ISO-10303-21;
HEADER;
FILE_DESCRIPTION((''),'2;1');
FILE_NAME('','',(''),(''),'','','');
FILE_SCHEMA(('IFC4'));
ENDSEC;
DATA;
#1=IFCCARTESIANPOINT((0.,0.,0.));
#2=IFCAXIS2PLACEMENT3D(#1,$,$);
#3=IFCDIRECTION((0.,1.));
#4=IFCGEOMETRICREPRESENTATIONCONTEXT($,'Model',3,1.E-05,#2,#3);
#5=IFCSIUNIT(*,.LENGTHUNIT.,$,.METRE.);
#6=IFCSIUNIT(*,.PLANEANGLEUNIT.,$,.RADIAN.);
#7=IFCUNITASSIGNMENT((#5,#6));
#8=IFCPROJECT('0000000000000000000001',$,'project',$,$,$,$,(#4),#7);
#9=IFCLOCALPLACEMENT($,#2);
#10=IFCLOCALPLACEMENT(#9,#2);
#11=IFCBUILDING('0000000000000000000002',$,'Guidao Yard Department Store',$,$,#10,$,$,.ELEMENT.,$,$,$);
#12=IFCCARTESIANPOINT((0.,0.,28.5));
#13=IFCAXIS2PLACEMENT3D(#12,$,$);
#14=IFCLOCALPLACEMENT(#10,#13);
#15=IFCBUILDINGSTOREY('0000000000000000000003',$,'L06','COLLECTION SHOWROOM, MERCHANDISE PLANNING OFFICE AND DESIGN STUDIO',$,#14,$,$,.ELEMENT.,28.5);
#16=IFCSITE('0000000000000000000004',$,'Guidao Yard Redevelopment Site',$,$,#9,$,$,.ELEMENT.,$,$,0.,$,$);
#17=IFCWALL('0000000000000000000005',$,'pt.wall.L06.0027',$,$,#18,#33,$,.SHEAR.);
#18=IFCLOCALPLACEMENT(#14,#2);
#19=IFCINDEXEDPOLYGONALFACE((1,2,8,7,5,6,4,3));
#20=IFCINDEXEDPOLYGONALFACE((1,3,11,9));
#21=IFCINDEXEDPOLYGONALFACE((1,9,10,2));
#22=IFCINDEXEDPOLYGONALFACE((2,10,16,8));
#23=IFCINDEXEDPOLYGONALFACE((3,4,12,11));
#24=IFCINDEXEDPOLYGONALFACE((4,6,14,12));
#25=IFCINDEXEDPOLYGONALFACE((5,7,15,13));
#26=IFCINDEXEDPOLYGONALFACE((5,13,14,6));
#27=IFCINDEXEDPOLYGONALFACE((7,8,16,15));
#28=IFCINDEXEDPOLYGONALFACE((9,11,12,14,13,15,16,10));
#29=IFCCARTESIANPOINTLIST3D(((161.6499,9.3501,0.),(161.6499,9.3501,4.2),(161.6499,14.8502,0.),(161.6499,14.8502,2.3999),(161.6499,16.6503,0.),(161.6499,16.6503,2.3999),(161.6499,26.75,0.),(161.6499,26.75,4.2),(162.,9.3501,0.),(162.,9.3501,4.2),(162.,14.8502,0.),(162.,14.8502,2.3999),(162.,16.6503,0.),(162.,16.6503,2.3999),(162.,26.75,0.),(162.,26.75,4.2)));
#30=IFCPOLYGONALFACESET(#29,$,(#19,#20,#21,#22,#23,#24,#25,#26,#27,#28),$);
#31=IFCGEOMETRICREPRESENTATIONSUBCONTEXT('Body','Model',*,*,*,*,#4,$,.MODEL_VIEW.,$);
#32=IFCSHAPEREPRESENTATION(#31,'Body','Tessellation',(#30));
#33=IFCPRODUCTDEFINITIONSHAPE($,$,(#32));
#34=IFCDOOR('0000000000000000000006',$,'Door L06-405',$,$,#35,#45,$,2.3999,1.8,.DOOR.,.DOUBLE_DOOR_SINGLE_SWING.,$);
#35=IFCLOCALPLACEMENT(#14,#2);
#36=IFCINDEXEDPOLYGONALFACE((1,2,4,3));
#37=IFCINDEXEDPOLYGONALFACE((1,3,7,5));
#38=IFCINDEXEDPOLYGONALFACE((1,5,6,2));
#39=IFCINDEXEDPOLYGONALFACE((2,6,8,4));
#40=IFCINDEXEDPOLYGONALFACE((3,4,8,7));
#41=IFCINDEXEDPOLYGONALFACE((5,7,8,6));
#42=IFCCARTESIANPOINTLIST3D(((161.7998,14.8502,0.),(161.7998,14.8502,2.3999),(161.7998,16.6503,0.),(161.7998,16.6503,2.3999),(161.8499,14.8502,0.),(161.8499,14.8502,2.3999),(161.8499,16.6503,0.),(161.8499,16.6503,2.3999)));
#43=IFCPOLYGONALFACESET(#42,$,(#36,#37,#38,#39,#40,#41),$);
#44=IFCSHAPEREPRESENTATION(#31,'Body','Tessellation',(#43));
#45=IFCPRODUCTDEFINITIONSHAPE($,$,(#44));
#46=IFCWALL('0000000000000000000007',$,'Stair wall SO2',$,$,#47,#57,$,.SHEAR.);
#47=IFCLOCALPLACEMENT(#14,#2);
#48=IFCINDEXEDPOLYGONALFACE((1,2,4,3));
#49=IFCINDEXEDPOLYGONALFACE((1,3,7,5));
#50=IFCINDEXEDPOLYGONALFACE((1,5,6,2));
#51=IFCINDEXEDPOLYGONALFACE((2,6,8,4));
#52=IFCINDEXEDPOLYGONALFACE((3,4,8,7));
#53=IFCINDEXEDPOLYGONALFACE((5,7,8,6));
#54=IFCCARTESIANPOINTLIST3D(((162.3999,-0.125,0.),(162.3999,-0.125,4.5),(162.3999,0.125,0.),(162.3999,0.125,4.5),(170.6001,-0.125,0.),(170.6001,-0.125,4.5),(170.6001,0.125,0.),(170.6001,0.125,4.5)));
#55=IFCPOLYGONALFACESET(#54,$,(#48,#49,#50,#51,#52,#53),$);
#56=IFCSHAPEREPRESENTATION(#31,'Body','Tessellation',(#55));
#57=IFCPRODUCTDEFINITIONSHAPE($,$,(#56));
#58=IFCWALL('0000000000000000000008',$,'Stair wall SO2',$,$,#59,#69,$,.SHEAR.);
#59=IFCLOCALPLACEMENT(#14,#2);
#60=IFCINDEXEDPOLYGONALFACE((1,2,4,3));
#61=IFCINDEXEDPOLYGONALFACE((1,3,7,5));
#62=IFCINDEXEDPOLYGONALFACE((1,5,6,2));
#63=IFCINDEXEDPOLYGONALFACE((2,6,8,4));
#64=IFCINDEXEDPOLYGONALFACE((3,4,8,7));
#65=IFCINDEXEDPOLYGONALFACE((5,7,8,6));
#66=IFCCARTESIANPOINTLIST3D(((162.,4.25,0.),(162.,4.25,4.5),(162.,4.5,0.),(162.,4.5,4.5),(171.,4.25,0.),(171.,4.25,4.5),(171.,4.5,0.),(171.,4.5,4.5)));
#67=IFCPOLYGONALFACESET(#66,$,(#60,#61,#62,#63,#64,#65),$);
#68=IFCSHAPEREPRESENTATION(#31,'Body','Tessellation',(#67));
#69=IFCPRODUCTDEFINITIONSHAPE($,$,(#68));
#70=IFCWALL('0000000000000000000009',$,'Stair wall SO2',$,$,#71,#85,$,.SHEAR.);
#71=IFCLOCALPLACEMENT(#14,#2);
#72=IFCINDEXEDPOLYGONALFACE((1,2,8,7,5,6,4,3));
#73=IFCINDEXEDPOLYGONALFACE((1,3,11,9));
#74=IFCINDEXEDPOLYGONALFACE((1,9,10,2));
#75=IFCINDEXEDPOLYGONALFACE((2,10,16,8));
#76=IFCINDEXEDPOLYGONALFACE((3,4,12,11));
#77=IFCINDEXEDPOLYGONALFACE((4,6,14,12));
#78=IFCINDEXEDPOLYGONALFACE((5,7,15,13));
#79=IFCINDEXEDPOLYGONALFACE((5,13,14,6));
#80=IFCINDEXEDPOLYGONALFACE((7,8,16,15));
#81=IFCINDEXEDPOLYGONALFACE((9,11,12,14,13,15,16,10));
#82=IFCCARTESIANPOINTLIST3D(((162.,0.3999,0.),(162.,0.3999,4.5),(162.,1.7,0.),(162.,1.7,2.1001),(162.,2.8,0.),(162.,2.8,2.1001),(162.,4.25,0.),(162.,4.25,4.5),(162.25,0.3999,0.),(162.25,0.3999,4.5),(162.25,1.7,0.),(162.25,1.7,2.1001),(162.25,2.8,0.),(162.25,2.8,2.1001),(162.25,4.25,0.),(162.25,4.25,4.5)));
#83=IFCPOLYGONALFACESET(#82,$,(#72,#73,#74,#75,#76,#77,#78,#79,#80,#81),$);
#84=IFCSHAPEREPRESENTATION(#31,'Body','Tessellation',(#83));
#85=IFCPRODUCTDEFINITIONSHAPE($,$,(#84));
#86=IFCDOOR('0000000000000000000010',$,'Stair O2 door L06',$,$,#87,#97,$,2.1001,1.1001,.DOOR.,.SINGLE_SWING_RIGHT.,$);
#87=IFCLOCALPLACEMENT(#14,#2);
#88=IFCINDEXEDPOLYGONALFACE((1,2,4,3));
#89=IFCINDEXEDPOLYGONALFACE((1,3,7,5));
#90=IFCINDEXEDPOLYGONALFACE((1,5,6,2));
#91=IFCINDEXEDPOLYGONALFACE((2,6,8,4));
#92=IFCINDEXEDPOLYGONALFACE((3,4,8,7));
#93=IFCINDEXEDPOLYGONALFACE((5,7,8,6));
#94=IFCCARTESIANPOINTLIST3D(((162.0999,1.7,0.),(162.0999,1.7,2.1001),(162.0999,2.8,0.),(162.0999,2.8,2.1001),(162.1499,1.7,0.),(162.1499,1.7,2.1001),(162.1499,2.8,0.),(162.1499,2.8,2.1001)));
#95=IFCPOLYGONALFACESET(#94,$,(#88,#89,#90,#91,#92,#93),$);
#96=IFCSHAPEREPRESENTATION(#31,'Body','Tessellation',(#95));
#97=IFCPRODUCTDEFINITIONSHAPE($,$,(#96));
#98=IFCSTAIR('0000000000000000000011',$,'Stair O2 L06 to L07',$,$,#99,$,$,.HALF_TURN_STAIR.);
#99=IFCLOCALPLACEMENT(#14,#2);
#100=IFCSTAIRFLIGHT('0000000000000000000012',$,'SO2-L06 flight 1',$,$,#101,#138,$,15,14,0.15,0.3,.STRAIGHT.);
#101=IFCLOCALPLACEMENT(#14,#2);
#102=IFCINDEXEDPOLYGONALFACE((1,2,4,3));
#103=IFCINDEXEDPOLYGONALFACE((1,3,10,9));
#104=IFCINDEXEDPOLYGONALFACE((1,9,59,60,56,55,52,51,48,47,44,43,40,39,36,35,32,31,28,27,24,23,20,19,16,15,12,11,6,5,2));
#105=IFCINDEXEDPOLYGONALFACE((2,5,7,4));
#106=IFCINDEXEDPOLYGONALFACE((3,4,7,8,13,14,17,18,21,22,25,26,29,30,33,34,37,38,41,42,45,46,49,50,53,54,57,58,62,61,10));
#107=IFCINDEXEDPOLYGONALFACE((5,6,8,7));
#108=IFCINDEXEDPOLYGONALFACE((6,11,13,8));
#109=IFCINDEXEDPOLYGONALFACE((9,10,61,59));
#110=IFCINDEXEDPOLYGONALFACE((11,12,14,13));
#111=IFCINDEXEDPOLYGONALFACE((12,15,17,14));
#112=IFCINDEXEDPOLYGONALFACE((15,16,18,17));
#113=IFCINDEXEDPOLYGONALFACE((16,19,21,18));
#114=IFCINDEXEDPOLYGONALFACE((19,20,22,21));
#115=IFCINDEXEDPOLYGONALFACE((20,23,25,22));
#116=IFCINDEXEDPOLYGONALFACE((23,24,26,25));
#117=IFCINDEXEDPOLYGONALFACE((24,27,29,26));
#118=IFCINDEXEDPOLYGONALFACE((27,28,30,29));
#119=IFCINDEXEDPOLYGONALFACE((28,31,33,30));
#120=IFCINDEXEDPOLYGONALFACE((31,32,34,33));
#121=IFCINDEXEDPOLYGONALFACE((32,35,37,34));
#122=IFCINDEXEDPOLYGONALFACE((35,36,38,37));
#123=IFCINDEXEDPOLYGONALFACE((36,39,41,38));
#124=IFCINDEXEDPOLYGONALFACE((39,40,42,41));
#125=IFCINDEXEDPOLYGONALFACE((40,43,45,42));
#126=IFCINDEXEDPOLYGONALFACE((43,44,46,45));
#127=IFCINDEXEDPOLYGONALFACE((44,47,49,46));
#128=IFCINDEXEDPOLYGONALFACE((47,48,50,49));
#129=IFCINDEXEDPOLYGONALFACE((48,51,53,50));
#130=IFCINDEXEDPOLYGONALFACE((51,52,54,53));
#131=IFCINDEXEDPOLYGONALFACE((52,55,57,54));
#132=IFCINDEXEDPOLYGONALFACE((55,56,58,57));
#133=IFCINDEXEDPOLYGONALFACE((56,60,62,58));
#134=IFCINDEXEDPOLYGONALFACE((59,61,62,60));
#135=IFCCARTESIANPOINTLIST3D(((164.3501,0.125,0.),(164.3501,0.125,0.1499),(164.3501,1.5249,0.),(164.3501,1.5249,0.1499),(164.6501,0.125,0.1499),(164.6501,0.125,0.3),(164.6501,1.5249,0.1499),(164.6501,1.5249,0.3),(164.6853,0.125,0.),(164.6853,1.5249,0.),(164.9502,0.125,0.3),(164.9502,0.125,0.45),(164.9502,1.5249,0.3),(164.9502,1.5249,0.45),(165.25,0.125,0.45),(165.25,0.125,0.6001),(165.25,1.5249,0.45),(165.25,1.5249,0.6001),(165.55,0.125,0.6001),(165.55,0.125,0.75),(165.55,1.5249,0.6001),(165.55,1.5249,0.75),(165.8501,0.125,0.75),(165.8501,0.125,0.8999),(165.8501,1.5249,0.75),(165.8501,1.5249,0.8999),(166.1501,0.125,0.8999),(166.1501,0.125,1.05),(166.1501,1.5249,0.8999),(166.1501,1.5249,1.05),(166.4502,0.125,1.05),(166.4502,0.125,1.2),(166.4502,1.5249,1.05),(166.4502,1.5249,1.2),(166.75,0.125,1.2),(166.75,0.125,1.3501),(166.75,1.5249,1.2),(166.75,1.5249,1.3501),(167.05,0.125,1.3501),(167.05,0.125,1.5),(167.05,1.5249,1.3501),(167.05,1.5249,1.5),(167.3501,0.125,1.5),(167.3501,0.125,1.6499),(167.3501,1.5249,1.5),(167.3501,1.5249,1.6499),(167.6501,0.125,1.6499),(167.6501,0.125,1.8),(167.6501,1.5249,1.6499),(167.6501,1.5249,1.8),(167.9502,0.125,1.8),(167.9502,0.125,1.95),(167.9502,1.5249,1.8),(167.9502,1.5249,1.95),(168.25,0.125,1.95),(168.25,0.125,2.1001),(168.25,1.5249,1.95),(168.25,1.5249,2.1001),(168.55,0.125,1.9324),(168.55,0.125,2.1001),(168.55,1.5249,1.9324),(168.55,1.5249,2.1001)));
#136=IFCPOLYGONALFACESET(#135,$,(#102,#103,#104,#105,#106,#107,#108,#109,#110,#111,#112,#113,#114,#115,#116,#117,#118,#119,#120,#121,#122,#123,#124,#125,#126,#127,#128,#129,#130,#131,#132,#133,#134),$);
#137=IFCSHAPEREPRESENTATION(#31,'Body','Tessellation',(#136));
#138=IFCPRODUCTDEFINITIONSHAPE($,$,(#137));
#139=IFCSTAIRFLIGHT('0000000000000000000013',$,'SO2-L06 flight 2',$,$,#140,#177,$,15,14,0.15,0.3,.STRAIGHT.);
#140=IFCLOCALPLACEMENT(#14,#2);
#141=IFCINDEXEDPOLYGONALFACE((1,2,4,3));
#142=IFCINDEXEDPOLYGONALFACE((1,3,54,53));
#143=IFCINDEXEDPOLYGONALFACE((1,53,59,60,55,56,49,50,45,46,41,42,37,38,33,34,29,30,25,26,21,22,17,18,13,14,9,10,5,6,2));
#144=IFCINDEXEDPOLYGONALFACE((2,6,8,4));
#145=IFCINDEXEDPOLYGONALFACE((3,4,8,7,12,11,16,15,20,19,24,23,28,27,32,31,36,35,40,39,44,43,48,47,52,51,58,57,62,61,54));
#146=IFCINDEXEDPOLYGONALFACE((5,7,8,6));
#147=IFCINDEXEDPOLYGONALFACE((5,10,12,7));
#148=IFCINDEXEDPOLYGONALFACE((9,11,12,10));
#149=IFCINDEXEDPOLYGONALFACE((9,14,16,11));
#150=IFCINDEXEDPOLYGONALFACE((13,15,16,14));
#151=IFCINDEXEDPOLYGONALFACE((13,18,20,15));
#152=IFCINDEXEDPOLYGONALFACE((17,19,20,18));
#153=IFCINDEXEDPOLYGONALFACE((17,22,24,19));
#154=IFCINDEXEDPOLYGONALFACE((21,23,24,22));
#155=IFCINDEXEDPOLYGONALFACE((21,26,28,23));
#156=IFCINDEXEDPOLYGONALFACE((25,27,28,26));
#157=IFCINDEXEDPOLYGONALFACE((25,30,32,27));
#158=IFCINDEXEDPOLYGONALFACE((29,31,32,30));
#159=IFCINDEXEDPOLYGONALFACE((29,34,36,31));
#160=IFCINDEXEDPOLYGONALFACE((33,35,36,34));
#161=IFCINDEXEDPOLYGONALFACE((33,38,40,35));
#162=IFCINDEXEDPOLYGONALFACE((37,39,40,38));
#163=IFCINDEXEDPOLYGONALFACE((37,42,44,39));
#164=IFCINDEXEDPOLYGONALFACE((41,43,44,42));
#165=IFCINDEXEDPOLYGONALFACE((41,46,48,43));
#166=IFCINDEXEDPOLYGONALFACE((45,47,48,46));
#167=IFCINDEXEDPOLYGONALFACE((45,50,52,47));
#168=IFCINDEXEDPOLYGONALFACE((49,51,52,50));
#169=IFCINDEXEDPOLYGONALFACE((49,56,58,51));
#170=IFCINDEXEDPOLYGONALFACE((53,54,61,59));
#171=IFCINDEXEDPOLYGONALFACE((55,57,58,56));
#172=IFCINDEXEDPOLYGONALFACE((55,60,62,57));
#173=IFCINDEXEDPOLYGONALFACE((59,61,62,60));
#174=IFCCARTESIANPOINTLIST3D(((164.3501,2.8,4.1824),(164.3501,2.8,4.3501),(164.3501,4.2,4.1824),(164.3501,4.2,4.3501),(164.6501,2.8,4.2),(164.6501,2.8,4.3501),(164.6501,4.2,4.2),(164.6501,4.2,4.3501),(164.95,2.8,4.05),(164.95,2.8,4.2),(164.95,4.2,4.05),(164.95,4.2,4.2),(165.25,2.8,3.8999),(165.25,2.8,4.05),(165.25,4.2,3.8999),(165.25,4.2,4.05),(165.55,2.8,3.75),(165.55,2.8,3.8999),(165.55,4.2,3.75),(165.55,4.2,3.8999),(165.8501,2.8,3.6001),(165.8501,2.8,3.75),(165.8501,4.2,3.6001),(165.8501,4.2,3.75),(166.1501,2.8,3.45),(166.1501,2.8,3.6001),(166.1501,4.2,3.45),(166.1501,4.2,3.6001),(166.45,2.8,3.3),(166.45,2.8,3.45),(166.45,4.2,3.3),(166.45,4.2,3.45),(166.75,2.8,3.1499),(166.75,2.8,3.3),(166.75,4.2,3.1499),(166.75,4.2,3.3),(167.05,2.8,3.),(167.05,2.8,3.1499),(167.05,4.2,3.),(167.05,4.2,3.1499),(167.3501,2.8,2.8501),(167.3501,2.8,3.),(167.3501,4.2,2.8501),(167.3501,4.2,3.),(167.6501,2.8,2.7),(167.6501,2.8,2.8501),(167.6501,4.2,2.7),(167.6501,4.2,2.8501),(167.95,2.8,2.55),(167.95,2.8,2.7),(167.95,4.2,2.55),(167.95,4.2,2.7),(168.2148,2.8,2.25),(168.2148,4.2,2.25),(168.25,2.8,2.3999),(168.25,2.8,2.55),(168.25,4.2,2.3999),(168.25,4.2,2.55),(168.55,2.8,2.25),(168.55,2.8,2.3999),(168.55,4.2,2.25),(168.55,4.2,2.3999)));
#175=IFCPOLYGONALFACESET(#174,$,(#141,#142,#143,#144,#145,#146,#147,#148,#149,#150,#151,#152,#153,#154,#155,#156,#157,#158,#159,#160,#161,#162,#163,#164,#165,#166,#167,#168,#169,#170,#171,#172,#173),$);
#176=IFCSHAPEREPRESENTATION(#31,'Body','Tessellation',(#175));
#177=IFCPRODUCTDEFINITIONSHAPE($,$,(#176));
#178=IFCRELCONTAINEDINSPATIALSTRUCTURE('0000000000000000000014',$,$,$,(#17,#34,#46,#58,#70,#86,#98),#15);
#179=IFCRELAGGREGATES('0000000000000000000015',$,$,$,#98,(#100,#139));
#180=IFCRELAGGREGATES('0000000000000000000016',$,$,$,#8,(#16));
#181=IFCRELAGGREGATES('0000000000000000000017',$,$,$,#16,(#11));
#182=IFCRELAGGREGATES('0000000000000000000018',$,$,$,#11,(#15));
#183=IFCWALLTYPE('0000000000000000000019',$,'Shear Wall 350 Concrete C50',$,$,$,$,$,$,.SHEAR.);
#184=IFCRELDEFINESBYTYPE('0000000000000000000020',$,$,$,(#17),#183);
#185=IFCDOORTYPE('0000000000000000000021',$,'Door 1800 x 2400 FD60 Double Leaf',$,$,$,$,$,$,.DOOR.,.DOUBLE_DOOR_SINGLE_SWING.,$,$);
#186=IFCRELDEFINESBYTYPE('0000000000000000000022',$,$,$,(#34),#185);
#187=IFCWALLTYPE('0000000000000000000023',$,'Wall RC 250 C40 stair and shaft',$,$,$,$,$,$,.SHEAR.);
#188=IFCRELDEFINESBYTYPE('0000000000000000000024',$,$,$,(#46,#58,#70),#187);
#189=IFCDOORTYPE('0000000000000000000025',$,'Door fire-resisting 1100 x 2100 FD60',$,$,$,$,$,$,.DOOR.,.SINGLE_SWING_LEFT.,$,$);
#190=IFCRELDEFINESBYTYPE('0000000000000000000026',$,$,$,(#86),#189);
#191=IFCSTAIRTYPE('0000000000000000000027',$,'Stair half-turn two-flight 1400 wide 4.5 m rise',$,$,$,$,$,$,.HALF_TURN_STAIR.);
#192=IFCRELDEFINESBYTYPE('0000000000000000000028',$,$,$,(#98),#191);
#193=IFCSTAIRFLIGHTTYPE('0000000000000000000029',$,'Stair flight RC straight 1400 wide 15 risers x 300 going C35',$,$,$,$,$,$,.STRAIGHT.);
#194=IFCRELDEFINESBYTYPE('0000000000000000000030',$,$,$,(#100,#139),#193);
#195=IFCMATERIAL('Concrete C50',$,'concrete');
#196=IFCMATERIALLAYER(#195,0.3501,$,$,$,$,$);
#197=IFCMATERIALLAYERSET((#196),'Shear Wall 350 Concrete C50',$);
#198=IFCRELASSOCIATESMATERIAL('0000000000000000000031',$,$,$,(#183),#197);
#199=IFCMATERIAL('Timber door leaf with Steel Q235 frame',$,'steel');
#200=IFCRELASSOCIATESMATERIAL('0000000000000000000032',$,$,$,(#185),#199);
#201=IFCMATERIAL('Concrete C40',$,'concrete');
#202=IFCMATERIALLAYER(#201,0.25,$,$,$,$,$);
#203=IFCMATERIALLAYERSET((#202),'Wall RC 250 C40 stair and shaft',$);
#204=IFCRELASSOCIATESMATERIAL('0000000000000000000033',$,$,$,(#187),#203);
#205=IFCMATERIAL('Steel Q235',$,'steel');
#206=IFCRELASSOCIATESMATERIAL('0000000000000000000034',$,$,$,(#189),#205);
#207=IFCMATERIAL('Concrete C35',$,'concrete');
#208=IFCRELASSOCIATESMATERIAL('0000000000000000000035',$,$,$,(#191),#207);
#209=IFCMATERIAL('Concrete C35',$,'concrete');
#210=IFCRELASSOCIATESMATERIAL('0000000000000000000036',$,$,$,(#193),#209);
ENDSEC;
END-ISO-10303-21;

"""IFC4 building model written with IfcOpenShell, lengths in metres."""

from ifc_helpers import new_model, si_unit, direction, frame, frame_2d, origin, place, context, subcontext, project, spatial, polyline, rectangle, outline, extrude, material, layer, layer_set, type_object, element, fill, aggregate, save


model = new_model("IFC4")

# Units and contexts
model_context = context("Model", 3, precision=1e-05, world=origin(), true_north=direction((0.0, 1.0)))
body_context = subcontext(model_context, "Body", "Model", "MODEL_VIEW")
ifc_project = project(units=[si_unit("LENGTHUNIT", "METRE"), si_unit("PLANEANGLEUNIT", "RADIAN")], contexts=[model_context])

# Site, building, storey
site_placement = place(None, origin())
site = spatial("IfcSite", under=ifc_project, at=site_placement, Name="Guidao Yard Redevelopment Site", CompositionType="ELEMENT", RefElevation=0.0)
building_placement = place(site_placement, origin())
building = spatial("IfcBuilding", under=site, at=building_placement, Name="Guidao Yard Department Store", CompositionType="ELEMENT")
storey_placement = place(building_placement, frame((0.0, 0.0, 28.5)))
storey = spatial("IfcBuildingStorey", under=building, at=storey_placement, Name="L06", Description="COLLECTION SHOWROOM, MERCHANDISE PLANNING OFFICE AND DESIGN STUDIO", CompositionType="ELEMENT", Elevation=28.5)

# Wall, opening, door
ifc_material_1 = material(Name="Concrete C50", Category="concrete")
ifc_layer_1 = layer(ifc_material_1, 0.3501)
ifc_layer_set_1 = layer_set([ifc_layer_1], Name="Shear Wall 350 Concrete C50")
wall_type_1 = type_object("IfcWallType", Name="Shear Wall 350 Concrete C50", PredefinedType="SHEAR", material=ifc_layer_set_1)
wall_1_placement = place(storey_placement, frame((161.825, 9.3501, 0.0), z_axis=(0.0, 0.0, 1.0), x_axis=(0.0, 1.0, 0.0)))
wall_1 = element("IfcWall", 1, at=wall_1_placement, inside=storey, type_object=wall_type_1, Name="pt.wall.L06.0027", PredefinedType="SHEAR", context=body_context, shape_type="SweptSolid", body=[
    extrude(rectangle(XDim=17.3999, YDim=0.3501, at=frame_2d((8.7, 0.0))), origin(), (0.0, 0.0, 1.0), 4.2),
])
opening_1_placement = place(wall_1_placement, frame((7.3, 0.0, 0.0), z_axis=(0.0, 0.0, 1.0), x_axis=(-1.0, 0.0, 0.0)))
opening_1 = element("IfcOpeningElement", 2, at=opening_1_placement, cuts=wall_1, PredefinedType="OPENING", context=body_context, shape_type="SweptSolid", body=[
    extrude(rectangle(XDim=1.8, YDim=2.3999, at=frame_2d((0.8999, 1.2))), frame((0.0, 0.1851, 0.0), z_axis=(0.0, -1.0, 0.0), x_axis=(1.0, 0.0, 0.0)), (0.0, 0.0, 1.0), 0.3701),
])
ifc_material_2 = material(Name="Timber door leaf with Steel Q235 frame", Category="steel")
door_type_1 = type_object("IfcDoorType", Name="Door 1800 x 2400 FD60 Double Leaf", OperationType="DOUBLE_DOOR_SINGLE_SWING", PredefinedType="DOOR", material=ifc_material_2)
door_1_placement = place(opening_1_placement, origin())
door_1 = element("IfcDoor", 3, at=door_1_placement, inside=storey, type_object=door_type_1, Name="Door L06-405", OperationType="DOUBLE_DOOR_SINGLE_SWING", OverallHeight=2.3999, OverallWidth=1.8, PredefinedType="DOOR", context=body_context, shape_type="SweptSolid", body=[
    extrude(rectangle(XDim=1.8, YDim=2.3999, at=frame_2d((0.8999, 1.2))), frame((0.0, 0.0249, 0.0), z_axis=(0.0, -1.0, 0.0), x_axis=(1.0, 0.0, 0.0)), (0.0, 0.0, 1.0), 0.05),
])
fill(opening_1, door_1)

# Walls
ifc_material_3 = material(Name="Concrete C40", Category="concrete")
ifc_layer_2 = layer(ifc_material_3, 0.25)
ifc_layer_set_2 = layer_set([ifc_layer_2], Name="Wall RC 250 C40 stair and shaft")
wall_type_2 = type_object("IfcWallType", Name="Wall RC 250 C40 stair and shaft", PredefinedType="SHEAR", material=ifc_layer_set_2)
wall_2_placement = place(storey_placement, frame((162.3999, 0.0, 0.0), z_axis=(0.0, 0.0, 1.0), x_axis=(1.0, 0.0, 0.0)))
element("IfcWall", 4, at=wall_2_placement, inside=storey, type_object=wall_type_2, Name="Stair wall SO2", PredefinedType="SHEAR", context=body_context, shape_type="SweptSolid", body=[
    extrude(rectangle(XDim=8.2002, YDim=0.25, at=frame_2d((4.1001, 0.0))), origin(), (0.0, 0.0, 1.0), 4.5),
])
wall_3_placement = place(storey_placement, frame((162.0, 4.375, 0.0), z_axis=(0.0, 0.0, 1.0), x_axis=(1.0, 0.0, 0.0)))
element("IfcWall", 5, at=wall_3_placement, inside=storey, type_object=wall_type_2, Name="Stair wall SO2", PredefinedType="SHEAR", context=body_context, shape_type="SweptSolid", body=[
    extrude(rectangle(XDim=9.0, YDim=0.25, at=frame_2d((4.5, 0.0))), origin(), (0.0, 0.0, 1.0), 4.5),
])

# Wall, opening, door
wall_4_placement = place(storey_placement, frame((162.125, 0.3999, 0.0), z_axis=(0.0, 0.0, 1.0), x_axis=(0.0, 1.0, 0.0)))
wall_4 = element("IfcWall", 6, at=wall_4_placement, inside=storey, type_object=wall_type_2, Name="Stair wall SO2", PredefinedType="SHEAR", context=body_context, shape_type="SweptSolid", body=[
    extrude(rectangle(XDim=3.8501, YDim=0.25, at=frame_2d((1.925, 0.0))), origin(), (0.0, 0.0, 1.0), 4.5),
])
opening_2_placement = place(wall_4_placement, frame((2.4001, 0.0, 0.0), z_axis=(0.0, 0.0, 1.0), x_axis=(-1.0, 0.0, 0.0)))
opening_2 = element("IfcOpeningElement", 7, at=opening_2_placement, cuts=wall_4, PredefinedType="OPENING", context=body_context, shape_type="SweptSolid", body=[
    extrude(rectangle(XDim=1.1001, YDim=2.1001, at=frame_2d((0.55, 1.05))), frame((0.0, 0.135, 0.0), z_axis=(0.0, -1.0, 0.0), x_axis=(1.0, 0.0, 0.0)), (0.0, 0.0, 1.0), 0.27),
])
ifc_material_4 = material(Name="Steel Q235", Category="steel")
door_type_2 = type_object("IfcDoorType", Name="Door fire-resisting 1100 x 2100 FD60", OperationType="SINGLE_SWING_LEFT", PredefinedType="DOOR", material=ifc_material_4)
door_2_placement = place(opening_2_placement, origin())
door_2 = element("IfcDoor", 8, at=door_2_placement, inside=storey, type_object=door_type_2, Name="Stair O2 door L06", OperationType="SINGLE_SWING_RIGHT", OverallHeight=2.1001, OverallWidth=1.1001, PredefinedType="DOOR", context=body_context, shape_type="SweptSolid", body=[
    extrude(rectangle(XDim=1.1001, YDim=2.1001, at=frame_2d((0.55, 1.05))), frame((0.0, 0.0249, 0.0), z_axis=(0.0, -1.0, 0.0), x_axis=(1.0, 0.0, 0.0)), (0.0, 0.0, 1.0), 0.05),
])
fill(opening_2, door_2)

# Stair, stair flights
ifc_material_5 = material(Name="Concrete C35", Category="concrete")
stair_type = type_object("IfcStairType", Name="Stair half-turn two-flight 1400 wide 4.5 m rise", PredefinedType="HALF_TURN_STAIR", material=ifc_material_5)
stair_placement = place(storey_placement, origin())
stair = element("IfcStair", 9, at=stair_placement, inside=storey, type_object=stair_type, Name="Stair O2 L06 to L07", PredefinedType="HALF_TURN_STAIR")
ifc_material_6 = material(Name="Concrete C35", Category="concrete")
stair_flight_type = type_object("IfcStairFlightType", Name="Stair flight RC straight 1400 wide 15 risers x 300 going C35", PredefinedType="STRAIGHT", material=ifc_material_6)
stair_flight_1_placement = place(storey_placement, frame((164.3501, 0.825, 0.0), z_axis=(0.0, 0.0, 1.0), x_axis=(1.0, 0.0, 0.0)))
stair_flight_1 = element("IfcStairFlight", 10, at=stair_flight_1_placement, type_object=stair_flight_type, Name="SO2-L06 flight 1", NumberOfRisers=15, NumberOfTreads=14, PredefinedType="STRAIGHT", RiserHeight=0.15, TreadLength=0.3, context=body_context, shape_type="SweptSolid", body=[
    extrude(outline(polyline([(0.0, 0.0), (0.0, 0.1499), (0.3, 0.1499), (0.3, 0.3), (0.6001, 0.3), (0.6001, 0.45), (0.8999, 0.45), (0.8999, 0.6001), (1.2, 0.6001), (1.2, 0.75), (1.5, 0.75), (1.5, 0.8999), (1.8, 0.8999), (1.8, 1.05), (2.1001, 1.05), (2.1001, 1.2), (2.3999, 1.2), (2.3999, 1.3501), (2.7, 1.3501), (2.7, 1.5), (3.0, 1.5), (3.0, 1.6499), (3.3, 1.6499), (3.3, 1.8), (3.6001, 1.8), (3.6001, 1.95), (3.8999, 1.95), (3.8999, 2.1001), (4.2, 2.1001), (4.2, 2.25), (4.2, 1.9324), (0.3352, 0.0), (0.0, 0.0)])), frame((0.0, 0.7, 0.0), z_axis=(0.0, -1.0, 0.0), x_axis=(1.0, 0.0, 0.0)), (0.0, 0.0, 1.0), 1.3999),
])
stair_flight_2_placement = place(storey_placement, frame((168.55, 3.5, 2.25), z_axis=(0.0, 0.0, 1.0), x_axis=(-1.0, 0.0, 0.0)))
stair_flight_2 = element("IfcStairFlight", 11, at=stair_flight_2_placement, type_object=stair_flight_type, Name="SO2-L06 flight 2", NumberOfRisers=15, NumberOfTreads=14, PredefinedType="STRAIGHT", RiserHeight=0.15, TreadLength=0.3, context=body_context, shape_type="SweptSolid", body=[
    extrude(outline(polyline([(0.0, 0.0), (0.0, 0.1499), (0.3, 0.1499), (0.3, 0.3), (0.6001, 0.3), (0.6001, 0.45), (0.8999, 0.45), (0.8999, 0.6001), (1.2, 0.6001), (1.2, 0.75), (1.5, 0.75), (1.5, 0.8999), (1.8, 0.8999), (1.8, 1.05), (2.1001, 1.05), (2.1001, 1.2), (2.3999, 1.2), (2.3999, 1.3501), (2.7, 1.3501), (2.7, 1.5), (3.0, 1.5), (3.0, 1.6499), (3.3, 1.6499), (3.3, 1.8), (3.6001, 1.8), (3.6001, 1.95), (3.8999, 1.95), (3.8999, 2.1001), (4.2, 2.1001), (4.2, 2.25), (4.2, 1.9324), (0.3352, 0.0), (0.0, 0.0)])), frame((0.0, 0.7, 0.0), z_axis=(0.0, -1.0, 0.0), x_axis=(1.0, 0.0, 0.0)), (0.0, 0.0, 1.0), 1.3999),
])
aggregate(stair, [stair_flight_1, stair_flight_2])

save(model, "model.ifc")
